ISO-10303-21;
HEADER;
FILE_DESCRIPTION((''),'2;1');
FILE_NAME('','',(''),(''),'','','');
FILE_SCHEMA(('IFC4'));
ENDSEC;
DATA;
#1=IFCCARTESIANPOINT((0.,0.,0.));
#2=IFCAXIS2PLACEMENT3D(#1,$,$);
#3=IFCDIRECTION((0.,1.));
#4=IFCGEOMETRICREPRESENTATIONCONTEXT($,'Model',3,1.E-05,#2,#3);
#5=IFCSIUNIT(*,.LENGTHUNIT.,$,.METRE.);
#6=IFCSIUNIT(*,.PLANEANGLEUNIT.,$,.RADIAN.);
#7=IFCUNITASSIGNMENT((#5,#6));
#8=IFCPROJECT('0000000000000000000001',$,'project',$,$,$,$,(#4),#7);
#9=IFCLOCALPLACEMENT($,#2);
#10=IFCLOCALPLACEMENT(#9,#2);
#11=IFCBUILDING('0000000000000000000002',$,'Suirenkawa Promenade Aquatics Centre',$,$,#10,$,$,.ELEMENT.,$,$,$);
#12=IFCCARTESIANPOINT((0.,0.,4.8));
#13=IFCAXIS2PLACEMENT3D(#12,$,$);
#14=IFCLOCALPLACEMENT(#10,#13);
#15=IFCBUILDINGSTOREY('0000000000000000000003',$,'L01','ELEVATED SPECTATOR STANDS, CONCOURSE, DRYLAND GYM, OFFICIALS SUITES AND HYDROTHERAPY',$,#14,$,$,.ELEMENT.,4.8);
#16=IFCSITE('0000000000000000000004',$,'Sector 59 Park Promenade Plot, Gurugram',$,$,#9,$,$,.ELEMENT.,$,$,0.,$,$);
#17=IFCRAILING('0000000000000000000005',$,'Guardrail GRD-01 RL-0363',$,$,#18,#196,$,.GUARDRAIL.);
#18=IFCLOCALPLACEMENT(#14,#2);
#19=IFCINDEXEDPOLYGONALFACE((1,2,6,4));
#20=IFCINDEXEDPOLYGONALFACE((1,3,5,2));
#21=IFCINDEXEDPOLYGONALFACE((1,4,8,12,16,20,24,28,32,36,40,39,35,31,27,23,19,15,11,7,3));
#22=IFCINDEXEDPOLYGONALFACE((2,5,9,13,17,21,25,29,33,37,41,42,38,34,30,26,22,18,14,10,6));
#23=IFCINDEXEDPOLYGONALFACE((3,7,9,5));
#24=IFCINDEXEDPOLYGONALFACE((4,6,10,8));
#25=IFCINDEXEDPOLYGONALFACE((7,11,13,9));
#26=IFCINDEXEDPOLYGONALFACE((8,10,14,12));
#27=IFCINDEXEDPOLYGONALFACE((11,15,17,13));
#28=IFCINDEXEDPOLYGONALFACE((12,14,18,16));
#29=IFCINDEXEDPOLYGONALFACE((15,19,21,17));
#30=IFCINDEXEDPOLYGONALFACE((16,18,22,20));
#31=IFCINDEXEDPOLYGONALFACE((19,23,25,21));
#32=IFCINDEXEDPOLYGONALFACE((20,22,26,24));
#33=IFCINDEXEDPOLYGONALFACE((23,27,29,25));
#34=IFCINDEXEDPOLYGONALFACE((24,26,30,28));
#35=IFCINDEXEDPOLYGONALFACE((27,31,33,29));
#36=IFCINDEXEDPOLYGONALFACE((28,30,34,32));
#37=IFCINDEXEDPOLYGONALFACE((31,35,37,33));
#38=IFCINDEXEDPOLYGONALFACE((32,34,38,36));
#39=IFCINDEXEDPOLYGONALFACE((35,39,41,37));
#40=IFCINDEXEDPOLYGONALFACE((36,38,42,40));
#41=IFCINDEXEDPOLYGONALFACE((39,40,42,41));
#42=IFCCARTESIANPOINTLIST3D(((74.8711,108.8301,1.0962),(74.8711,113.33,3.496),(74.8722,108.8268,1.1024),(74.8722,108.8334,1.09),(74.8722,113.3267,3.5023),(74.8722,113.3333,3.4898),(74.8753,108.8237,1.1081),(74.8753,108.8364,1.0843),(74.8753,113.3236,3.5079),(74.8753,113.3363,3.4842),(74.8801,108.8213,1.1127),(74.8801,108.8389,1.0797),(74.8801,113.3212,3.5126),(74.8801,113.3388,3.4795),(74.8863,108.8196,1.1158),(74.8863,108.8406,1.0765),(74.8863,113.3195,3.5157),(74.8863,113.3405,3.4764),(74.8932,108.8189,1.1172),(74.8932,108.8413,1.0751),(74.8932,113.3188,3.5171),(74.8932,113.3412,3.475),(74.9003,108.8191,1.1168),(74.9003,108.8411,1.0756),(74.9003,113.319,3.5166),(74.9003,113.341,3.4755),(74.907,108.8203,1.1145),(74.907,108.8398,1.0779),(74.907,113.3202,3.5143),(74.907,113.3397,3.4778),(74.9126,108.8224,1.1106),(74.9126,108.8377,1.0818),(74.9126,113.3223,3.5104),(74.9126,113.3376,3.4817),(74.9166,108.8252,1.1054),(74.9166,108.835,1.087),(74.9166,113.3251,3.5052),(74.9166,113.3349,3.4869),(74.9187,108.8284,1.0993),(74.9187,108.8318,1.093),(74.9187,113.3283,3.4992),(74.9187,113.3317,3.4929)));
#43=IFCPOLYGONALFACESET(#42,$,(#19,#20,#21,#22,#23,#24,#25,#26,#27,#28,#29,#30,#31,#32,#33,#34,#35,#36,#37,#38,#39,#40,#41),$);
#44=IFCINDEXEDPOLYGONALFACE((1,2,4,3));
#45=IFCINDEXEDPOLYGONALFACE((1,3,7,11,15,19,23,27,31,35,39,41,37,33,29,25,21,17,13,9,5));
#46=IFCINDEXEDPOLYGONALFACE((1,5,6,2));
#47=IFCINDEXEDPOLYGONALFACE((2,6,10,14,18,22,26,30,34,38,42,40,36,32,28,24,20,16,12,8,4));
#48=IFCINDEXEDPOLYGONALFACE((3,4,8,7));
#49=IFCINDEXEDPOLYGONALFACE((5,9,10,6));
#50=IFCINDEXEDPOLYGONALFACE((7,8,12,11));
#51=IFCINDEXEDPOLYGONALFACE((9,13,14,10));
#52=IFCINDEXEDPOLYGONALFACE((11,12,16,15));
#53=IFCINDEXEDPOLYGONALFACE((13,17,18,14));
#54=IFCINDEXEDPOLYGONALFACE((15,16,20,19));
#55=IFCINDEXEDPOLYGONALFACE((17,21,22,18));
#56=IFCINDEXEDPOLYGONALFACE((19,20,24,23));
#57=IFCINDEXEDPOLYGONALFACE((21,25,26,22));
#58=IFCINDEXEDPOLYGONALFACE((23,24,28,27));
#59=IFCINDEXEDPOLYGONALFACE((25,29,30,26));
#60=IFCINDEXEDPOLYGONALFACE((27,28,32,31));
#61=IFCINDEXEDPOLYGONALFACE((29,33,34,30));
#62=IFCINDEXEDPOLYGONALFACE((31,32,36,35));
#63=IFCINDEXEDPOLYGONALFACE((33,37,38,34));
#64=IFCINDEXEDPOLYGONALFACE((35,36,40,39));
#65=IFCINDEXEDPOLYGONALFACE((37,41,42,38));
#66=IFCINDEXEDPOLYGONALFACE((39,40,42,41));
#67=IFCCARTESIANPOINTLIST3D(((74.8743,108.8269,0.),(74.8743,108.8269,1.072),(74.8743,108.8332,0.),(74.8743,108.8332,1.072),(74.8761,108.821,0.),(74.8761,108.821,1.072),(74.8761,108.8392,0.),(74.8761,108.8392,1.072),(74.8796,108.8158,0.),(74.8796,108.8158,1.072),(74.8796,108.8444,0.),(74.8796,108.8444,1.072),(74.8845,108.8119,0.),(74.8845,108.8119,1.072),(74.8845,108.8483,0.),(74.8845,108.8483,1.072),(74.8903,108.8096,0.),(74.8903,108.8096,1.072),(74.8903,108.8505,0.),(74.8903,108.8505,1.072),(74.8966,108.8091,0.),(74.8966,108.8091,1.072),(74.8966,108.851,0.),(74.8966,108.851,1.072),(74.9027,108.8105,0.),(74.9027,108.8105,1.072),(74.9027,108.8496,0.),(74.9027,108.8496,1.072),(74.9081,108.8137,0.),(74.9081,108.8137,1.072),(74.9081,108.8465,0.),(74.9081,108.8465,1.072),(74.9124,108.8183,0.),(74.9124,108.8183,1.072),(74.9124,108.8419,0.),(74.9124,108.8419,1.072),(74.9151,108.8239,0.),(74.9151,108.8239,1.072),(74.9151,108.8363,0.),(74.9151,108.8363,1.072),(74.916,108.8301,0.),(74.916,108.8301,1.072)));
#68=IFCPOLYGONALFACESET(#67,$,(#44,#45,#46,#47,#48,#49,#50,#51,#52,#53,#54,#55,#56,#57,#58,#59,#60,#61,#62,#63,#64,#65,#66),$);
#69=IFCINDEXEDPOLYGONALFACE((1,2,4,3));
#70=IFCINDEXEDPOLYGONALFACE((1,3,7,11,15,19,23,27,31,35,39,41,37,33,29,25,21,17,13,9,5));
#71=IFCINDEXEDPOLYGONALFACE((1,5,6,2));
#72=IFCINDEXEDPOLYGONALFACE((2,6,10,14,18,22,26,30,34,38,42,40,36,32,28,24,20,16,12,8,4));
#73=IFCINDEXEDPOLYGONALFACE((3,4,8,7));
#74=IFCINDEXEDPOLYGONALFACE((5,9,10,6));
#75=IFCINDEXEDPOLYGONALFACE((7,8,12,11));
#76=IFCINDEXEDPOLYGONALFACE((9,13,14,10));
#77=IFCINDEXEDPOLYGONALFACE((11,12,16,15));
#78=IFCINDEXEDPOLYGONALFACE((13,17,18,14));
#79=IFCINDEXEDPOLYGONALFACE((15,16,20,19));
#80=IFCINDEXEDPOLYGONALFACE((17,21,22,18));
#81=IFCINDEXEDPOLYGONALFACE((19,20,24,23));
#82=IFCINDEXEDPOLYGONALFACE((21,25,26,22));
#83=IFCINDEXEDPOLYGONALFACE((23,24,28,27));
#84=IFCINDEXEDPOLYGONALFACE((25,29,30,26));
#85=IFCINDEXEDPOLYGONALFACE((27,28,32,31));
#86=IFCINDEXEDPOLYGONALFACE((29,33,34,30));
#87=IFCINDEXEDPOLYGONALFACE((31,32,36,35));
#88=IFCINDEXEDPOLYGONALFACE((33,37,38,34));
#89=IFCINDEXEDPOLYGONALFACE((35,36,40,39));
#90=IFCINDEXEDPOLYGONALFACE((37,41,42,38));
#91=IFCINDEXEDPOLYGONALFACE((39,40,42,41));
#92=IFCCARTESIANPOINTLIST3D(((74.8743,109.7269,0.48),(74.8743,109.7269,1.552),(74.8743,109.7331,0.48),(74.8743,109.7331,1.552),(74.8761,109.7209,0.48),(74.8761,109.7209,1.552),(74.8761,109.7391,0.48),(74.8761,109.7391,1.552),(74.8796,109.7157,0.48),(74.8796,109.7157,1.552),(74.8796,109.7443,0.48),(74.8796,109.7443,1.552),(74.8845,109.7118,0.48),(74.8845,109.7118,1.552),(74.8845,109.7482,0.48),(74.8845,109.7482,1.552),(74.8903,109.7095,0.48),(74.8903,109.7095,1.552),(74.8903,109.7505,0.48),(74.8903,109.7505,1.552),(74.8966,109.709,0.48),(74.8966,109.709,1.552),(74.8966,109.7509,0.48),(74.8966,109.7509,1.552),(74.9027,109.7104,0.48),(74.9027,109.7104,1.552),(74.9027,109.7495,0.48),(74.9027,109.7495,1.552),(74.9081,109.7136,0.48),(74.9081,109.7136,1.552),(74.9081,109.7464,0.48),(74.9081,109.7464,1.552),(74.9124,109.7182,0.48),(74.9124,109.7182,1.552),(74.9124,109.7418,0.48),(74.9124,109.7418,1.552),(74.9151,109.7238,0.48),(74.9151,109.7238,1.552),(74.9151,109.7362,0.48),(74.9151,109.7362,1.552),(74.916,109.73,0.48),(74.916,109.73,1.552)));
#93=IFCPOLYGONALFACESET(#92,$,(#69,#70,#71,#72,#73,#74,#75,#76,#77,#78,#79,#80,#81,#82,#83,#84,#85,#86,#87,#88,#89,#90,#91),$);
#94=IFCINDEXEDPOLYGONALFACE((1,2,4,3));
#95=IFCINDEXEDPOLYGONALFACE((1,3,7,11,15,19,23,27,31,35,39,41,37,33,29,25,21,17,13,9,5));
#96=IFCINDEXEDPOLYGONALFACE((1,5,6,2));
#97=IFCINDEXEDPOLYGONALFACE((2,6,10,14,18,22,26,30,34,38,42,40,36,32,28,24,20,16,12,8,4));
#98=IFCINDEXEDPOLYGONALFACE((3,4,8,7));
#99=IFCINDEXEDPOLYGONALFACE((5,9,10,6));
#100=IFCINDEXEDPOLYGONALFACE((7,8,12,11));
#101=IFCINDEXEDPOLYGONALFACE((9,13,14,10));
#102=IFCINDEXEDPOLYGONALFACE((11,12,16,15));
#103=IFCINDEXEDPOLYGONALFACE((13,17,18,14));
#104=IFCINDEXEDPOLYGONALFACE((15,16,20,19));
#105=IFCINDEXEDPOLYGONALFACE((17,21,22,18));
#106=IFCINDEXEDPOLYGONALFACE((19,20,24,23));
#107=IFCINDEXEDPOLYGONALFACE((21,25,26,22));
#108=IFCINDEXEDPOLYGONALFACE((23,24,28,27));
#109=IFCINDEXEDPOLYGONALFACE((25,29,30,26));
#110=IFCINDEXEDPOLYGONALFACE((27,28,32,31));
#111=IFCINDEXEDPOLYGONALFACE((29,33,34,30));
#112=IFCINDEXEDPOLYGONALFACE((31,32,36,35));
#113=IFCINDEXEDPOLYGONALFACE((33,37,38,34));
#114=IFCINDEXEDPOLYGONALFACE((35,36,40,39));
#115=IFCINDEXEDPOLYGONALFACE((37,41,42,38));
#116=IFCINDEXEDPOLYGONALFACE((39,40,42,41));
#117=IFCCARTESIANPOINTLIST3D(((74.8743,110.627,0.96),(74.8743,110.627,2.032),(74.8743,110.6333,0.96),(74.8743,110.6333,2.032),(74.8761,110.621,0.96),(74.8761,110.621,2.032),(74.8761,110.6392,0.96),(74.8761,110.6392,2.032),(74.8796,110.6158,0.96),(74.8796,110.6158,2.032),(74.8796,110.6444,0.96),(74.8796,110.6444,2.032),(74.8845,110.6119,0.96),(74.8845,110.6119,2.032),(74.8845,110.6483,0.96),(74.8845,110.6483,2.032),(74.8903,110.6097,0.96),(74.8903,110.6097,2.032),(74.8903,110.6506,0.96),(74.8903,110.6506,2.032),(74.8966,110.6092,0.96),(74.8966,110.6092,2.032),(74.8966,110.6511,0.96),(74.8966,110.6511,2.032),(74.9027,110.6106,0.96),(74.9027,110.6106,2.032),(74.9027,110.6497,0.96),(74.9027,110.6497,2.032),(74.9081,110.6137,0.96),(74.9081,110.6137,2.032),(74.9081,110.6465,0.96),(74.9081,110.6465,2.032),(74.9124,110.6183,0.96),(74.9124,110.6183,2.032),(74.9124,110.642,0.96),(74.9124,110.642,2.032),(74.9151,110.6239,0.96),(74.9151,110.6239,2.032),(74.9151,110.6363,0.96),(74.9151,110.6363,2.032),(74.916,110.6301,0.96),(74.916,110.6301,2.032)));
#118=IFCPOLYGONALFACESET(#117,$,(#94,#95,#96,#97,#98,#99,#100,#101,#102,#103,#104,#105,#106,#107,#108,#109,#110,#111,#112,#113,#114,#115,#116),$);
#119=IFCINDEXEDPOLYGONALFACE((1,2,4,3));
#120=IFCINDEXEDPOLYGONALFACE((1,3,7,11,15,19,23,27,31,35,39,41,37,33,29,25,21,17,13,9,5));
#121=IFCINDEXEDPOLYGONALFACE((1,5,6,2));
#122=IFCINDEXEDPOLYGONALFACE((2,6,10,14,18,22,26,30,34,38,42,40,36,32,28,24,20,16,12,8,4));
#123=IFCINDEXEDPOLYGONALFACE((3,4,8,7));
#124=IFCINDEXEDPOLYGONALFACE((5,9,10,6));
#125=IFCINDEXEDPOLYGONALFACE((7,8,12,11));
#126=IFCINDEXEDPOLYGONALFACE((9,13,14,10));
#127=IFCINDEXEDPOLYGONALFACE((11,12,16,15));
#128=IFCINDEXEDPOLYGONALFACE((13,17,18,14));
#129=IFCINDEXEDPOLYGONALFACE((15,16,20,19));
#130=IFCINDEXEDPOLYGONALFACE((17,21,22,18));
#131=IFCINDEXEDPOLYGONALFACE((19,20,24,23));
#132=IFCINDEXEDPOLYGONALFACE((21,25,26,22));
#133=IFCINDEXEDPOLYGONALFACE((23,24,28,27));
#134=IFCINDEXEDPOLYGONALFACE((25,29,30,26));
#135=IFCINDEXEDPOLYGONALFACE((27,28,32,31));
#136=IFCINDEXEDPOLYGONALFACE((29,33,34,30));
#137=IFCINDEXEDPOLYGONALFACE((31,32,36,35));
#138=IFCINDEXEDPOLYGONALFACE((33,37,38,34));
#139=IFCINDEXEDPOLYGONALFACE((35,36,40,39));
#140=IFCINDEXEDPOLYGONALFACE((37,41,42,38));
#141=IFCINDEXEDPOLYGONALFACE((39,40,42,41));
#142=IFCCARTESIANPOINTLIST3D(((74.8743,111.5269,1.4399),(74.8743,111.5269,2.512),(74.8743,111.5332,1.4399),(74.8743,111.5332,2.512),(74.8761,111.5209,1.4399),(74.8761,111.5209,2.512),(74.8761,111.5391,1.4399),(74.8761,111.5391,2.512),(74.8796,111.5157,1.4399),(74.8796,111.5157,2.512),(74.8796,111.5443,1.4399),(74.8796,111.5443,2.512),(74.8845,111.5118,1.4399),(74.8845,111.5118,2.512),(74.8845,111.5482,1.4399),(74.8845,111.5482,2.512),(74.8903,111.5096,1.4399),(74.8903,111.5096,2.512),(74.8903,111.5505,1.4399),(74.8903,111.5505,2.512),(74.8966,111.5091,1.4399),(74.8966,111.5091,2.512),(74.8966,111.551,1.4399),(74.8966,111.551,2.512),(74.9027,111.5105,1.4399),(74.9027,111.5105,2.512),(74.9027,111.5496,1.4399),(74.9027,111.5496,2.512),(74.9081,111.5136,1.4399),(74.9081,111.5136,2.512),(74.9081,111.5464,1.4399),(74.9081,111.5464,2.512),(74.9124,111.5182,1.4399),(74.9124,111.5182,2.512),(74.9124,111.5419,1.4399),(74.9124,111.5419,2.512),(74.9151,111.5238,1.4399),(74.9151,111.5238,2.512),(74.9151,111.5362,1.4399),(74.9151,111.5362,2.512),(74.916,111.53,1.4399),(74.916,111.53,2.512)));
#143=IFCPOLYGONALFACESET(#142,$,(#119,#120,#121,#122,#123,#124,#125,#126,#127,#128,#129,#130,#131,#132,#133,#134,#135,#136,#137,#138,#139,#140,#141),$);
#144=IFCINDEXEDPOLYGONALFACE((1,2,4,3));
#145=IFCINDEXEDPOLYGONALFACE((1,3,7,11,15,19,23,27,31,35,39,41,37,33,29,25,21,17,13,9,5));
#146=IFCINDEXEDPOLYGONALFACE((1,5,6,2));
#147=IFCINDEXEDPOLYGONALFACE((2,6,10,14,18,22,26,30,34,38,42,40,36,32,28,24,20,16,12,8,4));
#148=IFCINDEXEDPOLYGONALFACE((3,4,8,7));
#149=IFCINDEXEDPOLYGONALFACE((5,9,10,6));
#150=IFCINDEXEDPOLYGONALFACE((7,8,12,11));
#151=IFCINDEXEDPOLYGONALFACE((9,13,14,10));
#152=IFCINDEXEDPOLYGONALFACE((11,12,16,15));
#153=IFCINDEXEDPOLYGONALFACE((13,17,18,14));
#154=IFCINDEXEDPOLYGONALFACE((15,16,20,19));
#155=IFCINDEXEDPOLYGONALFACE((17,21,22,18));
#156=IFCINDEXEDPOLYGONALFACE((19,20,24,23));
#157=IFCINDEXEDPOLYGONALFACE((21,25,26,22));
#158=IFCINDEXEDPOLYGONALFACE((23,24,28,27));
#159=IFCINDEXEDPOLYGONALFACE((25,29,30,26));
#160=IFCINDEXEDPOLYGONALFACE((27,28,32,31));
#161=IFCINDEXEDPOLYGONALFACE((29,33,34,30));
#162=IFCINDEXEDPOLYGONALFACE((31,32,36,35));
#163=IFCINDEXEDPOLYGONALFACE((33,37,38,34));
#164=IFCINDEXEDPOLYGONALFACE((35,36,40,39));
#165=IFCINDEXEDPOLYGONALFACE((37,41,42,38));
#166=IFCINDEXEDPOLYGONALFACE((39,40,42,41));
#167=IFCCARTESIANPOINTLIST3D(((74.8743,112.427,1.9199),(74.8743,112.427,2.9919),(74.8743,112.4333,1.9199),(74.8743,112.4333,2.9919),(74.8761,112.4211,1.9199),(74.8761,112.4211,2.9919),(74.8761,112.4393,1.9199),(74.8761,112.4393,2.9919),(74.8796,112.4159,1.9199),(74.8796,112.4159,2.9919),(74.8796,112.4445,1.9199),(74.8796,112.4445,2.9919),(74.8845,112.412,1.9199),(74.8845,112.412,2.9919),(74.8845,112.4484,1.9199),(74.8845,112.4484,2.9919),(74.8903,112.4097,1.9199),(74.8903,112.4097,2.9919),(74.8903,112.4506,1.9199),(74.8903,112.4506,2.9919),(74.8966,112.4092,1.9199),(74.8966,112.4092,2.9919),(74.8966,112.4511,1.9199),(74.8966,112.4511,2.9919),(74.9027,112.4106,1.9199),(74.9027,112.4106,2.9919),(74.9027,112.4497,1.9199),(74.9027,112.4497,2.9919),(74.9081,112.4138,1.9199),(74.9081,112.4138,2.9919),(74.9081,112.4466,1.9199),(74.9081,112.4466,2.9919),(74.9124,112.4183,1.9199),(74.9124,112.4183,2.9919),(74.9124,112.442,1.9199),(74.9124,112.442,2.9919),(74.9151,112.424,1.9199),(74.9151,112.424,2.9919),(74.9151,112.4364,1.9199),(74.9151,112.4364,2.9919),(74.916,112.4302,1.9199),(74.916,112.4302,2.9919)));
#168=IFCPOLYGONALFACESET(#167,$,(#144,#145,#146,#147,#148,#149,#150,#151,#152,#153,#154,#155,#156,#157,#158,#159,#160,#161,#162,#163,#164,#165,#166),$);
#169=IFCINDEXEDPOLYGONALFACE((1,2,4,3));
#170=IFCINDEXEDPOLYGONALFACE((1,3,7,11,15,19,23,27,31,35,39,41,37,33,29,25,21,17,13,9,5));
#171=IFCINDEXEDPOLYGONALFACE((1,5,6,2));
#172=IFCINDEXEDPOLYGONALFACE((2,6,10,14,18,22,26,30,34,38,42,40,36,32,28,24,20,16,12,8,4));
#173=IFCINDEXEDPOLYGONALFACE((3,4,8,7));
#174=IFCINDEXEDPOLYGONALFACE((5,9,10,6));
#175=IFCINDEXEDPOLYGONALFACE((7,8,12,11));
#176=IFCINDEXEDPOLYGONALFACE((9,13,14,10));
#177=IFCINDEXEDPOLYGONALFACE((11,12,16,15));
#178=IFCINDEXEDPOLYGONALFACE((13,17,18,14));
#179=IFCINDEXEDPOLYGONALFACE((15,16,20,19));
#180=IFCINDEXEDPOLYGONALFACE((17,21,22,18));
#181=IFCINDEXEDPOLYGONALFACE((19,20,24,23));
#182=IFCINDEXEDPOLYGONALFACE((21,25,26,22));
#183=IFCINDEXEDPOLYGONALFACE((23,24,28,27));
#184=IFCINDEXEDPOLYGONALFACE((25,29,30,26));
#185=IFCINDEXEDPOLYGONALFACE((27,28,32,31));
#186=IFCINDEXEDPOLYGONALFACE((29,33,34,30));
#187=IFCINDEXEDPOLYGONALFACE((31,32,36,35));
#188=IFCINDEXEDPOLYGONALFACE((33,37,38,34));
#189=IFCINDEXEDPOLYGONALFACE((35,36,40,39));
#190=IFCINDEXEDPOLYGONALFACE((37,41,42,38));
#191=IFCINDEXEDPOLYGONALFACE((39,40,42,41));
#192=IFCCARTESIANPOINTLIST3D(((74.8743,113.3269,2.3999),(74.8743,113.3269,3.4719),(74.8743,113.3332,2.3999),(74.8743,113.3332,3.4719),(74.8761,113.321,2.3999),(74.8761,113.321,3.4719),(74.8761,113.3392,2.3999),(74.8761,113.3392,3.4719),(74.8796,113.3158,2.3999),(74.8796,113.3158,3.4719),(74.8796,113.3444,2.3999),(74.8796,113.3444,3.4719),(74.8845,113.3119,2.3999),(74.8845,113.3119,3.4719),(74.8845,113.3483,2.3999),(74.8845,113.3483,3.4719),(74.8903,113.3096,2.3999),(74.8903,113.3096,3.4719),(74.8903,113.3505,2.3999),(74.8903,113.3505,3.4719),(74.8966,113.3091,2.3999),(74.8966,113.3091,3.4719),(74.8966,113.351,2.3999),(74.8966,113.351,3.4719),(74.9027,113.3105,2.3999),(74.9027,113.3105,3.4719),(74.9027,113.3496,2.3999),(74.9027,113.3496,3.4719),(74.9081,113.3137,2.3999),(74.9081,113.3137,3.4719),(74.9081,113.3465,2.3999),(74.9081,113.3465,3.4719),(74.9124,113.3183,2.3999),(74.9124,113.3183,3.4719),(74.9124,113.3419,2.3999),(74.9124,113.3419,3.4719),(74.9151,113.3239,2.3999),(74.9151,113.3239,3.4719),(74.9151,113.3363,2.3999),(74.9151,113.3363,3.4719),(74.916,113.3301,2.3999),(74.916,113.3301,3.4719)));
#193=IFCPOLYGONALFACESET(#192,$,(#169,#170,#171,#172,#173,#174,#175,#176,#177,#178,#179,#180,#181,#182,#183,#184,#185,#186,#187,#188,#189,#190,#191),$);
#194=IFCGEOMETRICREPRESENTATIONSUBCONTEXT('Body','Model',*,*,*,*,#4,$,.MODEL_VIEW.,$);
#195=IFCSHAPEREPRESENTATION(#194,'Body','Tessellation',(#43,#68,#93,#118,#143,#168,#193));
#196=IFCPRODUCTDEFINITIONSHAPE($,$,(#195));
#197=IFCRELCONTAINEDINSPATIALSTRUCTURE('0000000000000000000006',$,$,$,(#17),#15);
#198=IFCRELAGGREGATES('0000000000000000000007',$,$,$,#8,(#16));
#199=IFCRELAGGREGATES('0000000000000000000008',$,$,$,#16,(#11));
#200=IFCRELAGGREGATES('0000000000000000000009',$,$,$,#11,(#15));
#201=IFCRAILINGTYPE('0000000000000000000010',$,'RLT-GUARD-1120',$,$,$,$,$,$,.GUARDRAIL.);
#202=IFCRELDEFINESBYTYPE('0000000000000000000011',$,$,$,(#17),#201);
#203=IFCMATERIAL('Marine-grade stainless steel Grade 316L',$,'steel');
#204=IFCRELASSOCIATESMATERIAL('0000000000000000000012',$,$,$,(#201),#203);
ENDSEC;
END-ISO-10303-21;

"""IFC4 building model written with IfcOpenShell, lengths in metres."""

from ifc_helpers import new_model, si_unit, direction, frame, origin, origin_2d, place, context, subcontext, project, spatial, circle, extrude, material, type_object, element, save


model = new_model("IFC4")

# Units and contexts
model_context = context("Model", 3, precision=1e-05, world=origin(), true_north=direction((0.0, 1.0)))
body_context = subcontext(model_context, "Body", "Model", "MODEL_VIEW")
ifc_project = project(units=[si_unit("LENGTHUNIT", "METRE"), si_unit("PLANEANGLEUNIT", "RADIAN")], contexts=[model_context])

# Site, building, storey
site_placement = place(None, origin())
site = spatial("IfcSite", under=ifc_project, at=site_placement, Name="Sector 59 Park Promenade Plot, Gurugram", CompositionType="ELEMENT", RefElevation=0.0)
building_placement = place(site_placement, origin())
building = spatial("IfcBuilding", under=site, at=building_placement, Name="Suirenkawa Promenade Aquatics Centre", CompositionType="ELEMENT")
storey_placement = place(building_placement, frame((0.0, 0.0, 4.8)))
storey = spatial("IfcBuildingStorey", under=building, at=storey_placement, Name="L01", Description="ELEVATED SPECTATOR STANDS, CONCOURSE, DRYLAND GYM, OFFICIALS SUITES AND HYDROTHERAPY", CompositionType="ELEMENT", Elevation=4.8)

# Railing
ifc_material_1 = material(Name="Marine-grade stainless steel Grade 316L", Category="steel")
railing_type_1 = type_object("IfcRailingType", Name="RLT-GUARD-1120", PredefinedType="GUARDRAIL", material=ifc_material_1)
railing_1_placement = place(storey_placement, frame((74.895, 108.8301, 0.0)))
element("IfcRailing", 1, at=railing_1_placement, inside=storey, type_object=railing_type_1, Name="Guardrail GRD-01 RL-0363", PredefinedType="GUARDRAIL", context=body_context, shape_type="SweptSolid", body=[
    extrude(circle(Radius=0.0239, at=origin_2d()), frame((0.0, 0.0, 1.0962), z_axis=(0.0, 0.882361, 0.470573), x_axis=(-1.0, 0.0, 0.0)), (0.0, 0.0, 1.0), 5.0999),
    extrude(circle(Radius=0.021, at=origin_2d()), origin(), (0.0, 0.0, 1.0), 1.072),
    extrude(circle(Radius=0.021, at=origin_2d()), frame((0.0, 0.8999, 0.48)), (0.0, 0.0, 1.0), 1.072),
    extrude(circle(Radius=0.021, at=origin_2d()), frame((0.0, 1.8, 0.96)), (0.0, 0.0, 1.0), 1.072),
    extrude(circle(Radius=0.021, at=origin_2d()), frame((0.0, 2.7, 1.4399)), (0.0, 0.0, 1.0), 1.072),
    extrude(circle(Radius=0.021, at=origin_2d()), frame((0.0, 3.6001, 1.9199)), (0.0, 0.0, 1.0), 1.072),
    extrude(circle(Radius=0.021, at=origin_2d()), frame((0.0, 4.5, 2.3999)), (0.0, 0.0, 1.0), 1.072),
])

save(model, "model.ifc")
